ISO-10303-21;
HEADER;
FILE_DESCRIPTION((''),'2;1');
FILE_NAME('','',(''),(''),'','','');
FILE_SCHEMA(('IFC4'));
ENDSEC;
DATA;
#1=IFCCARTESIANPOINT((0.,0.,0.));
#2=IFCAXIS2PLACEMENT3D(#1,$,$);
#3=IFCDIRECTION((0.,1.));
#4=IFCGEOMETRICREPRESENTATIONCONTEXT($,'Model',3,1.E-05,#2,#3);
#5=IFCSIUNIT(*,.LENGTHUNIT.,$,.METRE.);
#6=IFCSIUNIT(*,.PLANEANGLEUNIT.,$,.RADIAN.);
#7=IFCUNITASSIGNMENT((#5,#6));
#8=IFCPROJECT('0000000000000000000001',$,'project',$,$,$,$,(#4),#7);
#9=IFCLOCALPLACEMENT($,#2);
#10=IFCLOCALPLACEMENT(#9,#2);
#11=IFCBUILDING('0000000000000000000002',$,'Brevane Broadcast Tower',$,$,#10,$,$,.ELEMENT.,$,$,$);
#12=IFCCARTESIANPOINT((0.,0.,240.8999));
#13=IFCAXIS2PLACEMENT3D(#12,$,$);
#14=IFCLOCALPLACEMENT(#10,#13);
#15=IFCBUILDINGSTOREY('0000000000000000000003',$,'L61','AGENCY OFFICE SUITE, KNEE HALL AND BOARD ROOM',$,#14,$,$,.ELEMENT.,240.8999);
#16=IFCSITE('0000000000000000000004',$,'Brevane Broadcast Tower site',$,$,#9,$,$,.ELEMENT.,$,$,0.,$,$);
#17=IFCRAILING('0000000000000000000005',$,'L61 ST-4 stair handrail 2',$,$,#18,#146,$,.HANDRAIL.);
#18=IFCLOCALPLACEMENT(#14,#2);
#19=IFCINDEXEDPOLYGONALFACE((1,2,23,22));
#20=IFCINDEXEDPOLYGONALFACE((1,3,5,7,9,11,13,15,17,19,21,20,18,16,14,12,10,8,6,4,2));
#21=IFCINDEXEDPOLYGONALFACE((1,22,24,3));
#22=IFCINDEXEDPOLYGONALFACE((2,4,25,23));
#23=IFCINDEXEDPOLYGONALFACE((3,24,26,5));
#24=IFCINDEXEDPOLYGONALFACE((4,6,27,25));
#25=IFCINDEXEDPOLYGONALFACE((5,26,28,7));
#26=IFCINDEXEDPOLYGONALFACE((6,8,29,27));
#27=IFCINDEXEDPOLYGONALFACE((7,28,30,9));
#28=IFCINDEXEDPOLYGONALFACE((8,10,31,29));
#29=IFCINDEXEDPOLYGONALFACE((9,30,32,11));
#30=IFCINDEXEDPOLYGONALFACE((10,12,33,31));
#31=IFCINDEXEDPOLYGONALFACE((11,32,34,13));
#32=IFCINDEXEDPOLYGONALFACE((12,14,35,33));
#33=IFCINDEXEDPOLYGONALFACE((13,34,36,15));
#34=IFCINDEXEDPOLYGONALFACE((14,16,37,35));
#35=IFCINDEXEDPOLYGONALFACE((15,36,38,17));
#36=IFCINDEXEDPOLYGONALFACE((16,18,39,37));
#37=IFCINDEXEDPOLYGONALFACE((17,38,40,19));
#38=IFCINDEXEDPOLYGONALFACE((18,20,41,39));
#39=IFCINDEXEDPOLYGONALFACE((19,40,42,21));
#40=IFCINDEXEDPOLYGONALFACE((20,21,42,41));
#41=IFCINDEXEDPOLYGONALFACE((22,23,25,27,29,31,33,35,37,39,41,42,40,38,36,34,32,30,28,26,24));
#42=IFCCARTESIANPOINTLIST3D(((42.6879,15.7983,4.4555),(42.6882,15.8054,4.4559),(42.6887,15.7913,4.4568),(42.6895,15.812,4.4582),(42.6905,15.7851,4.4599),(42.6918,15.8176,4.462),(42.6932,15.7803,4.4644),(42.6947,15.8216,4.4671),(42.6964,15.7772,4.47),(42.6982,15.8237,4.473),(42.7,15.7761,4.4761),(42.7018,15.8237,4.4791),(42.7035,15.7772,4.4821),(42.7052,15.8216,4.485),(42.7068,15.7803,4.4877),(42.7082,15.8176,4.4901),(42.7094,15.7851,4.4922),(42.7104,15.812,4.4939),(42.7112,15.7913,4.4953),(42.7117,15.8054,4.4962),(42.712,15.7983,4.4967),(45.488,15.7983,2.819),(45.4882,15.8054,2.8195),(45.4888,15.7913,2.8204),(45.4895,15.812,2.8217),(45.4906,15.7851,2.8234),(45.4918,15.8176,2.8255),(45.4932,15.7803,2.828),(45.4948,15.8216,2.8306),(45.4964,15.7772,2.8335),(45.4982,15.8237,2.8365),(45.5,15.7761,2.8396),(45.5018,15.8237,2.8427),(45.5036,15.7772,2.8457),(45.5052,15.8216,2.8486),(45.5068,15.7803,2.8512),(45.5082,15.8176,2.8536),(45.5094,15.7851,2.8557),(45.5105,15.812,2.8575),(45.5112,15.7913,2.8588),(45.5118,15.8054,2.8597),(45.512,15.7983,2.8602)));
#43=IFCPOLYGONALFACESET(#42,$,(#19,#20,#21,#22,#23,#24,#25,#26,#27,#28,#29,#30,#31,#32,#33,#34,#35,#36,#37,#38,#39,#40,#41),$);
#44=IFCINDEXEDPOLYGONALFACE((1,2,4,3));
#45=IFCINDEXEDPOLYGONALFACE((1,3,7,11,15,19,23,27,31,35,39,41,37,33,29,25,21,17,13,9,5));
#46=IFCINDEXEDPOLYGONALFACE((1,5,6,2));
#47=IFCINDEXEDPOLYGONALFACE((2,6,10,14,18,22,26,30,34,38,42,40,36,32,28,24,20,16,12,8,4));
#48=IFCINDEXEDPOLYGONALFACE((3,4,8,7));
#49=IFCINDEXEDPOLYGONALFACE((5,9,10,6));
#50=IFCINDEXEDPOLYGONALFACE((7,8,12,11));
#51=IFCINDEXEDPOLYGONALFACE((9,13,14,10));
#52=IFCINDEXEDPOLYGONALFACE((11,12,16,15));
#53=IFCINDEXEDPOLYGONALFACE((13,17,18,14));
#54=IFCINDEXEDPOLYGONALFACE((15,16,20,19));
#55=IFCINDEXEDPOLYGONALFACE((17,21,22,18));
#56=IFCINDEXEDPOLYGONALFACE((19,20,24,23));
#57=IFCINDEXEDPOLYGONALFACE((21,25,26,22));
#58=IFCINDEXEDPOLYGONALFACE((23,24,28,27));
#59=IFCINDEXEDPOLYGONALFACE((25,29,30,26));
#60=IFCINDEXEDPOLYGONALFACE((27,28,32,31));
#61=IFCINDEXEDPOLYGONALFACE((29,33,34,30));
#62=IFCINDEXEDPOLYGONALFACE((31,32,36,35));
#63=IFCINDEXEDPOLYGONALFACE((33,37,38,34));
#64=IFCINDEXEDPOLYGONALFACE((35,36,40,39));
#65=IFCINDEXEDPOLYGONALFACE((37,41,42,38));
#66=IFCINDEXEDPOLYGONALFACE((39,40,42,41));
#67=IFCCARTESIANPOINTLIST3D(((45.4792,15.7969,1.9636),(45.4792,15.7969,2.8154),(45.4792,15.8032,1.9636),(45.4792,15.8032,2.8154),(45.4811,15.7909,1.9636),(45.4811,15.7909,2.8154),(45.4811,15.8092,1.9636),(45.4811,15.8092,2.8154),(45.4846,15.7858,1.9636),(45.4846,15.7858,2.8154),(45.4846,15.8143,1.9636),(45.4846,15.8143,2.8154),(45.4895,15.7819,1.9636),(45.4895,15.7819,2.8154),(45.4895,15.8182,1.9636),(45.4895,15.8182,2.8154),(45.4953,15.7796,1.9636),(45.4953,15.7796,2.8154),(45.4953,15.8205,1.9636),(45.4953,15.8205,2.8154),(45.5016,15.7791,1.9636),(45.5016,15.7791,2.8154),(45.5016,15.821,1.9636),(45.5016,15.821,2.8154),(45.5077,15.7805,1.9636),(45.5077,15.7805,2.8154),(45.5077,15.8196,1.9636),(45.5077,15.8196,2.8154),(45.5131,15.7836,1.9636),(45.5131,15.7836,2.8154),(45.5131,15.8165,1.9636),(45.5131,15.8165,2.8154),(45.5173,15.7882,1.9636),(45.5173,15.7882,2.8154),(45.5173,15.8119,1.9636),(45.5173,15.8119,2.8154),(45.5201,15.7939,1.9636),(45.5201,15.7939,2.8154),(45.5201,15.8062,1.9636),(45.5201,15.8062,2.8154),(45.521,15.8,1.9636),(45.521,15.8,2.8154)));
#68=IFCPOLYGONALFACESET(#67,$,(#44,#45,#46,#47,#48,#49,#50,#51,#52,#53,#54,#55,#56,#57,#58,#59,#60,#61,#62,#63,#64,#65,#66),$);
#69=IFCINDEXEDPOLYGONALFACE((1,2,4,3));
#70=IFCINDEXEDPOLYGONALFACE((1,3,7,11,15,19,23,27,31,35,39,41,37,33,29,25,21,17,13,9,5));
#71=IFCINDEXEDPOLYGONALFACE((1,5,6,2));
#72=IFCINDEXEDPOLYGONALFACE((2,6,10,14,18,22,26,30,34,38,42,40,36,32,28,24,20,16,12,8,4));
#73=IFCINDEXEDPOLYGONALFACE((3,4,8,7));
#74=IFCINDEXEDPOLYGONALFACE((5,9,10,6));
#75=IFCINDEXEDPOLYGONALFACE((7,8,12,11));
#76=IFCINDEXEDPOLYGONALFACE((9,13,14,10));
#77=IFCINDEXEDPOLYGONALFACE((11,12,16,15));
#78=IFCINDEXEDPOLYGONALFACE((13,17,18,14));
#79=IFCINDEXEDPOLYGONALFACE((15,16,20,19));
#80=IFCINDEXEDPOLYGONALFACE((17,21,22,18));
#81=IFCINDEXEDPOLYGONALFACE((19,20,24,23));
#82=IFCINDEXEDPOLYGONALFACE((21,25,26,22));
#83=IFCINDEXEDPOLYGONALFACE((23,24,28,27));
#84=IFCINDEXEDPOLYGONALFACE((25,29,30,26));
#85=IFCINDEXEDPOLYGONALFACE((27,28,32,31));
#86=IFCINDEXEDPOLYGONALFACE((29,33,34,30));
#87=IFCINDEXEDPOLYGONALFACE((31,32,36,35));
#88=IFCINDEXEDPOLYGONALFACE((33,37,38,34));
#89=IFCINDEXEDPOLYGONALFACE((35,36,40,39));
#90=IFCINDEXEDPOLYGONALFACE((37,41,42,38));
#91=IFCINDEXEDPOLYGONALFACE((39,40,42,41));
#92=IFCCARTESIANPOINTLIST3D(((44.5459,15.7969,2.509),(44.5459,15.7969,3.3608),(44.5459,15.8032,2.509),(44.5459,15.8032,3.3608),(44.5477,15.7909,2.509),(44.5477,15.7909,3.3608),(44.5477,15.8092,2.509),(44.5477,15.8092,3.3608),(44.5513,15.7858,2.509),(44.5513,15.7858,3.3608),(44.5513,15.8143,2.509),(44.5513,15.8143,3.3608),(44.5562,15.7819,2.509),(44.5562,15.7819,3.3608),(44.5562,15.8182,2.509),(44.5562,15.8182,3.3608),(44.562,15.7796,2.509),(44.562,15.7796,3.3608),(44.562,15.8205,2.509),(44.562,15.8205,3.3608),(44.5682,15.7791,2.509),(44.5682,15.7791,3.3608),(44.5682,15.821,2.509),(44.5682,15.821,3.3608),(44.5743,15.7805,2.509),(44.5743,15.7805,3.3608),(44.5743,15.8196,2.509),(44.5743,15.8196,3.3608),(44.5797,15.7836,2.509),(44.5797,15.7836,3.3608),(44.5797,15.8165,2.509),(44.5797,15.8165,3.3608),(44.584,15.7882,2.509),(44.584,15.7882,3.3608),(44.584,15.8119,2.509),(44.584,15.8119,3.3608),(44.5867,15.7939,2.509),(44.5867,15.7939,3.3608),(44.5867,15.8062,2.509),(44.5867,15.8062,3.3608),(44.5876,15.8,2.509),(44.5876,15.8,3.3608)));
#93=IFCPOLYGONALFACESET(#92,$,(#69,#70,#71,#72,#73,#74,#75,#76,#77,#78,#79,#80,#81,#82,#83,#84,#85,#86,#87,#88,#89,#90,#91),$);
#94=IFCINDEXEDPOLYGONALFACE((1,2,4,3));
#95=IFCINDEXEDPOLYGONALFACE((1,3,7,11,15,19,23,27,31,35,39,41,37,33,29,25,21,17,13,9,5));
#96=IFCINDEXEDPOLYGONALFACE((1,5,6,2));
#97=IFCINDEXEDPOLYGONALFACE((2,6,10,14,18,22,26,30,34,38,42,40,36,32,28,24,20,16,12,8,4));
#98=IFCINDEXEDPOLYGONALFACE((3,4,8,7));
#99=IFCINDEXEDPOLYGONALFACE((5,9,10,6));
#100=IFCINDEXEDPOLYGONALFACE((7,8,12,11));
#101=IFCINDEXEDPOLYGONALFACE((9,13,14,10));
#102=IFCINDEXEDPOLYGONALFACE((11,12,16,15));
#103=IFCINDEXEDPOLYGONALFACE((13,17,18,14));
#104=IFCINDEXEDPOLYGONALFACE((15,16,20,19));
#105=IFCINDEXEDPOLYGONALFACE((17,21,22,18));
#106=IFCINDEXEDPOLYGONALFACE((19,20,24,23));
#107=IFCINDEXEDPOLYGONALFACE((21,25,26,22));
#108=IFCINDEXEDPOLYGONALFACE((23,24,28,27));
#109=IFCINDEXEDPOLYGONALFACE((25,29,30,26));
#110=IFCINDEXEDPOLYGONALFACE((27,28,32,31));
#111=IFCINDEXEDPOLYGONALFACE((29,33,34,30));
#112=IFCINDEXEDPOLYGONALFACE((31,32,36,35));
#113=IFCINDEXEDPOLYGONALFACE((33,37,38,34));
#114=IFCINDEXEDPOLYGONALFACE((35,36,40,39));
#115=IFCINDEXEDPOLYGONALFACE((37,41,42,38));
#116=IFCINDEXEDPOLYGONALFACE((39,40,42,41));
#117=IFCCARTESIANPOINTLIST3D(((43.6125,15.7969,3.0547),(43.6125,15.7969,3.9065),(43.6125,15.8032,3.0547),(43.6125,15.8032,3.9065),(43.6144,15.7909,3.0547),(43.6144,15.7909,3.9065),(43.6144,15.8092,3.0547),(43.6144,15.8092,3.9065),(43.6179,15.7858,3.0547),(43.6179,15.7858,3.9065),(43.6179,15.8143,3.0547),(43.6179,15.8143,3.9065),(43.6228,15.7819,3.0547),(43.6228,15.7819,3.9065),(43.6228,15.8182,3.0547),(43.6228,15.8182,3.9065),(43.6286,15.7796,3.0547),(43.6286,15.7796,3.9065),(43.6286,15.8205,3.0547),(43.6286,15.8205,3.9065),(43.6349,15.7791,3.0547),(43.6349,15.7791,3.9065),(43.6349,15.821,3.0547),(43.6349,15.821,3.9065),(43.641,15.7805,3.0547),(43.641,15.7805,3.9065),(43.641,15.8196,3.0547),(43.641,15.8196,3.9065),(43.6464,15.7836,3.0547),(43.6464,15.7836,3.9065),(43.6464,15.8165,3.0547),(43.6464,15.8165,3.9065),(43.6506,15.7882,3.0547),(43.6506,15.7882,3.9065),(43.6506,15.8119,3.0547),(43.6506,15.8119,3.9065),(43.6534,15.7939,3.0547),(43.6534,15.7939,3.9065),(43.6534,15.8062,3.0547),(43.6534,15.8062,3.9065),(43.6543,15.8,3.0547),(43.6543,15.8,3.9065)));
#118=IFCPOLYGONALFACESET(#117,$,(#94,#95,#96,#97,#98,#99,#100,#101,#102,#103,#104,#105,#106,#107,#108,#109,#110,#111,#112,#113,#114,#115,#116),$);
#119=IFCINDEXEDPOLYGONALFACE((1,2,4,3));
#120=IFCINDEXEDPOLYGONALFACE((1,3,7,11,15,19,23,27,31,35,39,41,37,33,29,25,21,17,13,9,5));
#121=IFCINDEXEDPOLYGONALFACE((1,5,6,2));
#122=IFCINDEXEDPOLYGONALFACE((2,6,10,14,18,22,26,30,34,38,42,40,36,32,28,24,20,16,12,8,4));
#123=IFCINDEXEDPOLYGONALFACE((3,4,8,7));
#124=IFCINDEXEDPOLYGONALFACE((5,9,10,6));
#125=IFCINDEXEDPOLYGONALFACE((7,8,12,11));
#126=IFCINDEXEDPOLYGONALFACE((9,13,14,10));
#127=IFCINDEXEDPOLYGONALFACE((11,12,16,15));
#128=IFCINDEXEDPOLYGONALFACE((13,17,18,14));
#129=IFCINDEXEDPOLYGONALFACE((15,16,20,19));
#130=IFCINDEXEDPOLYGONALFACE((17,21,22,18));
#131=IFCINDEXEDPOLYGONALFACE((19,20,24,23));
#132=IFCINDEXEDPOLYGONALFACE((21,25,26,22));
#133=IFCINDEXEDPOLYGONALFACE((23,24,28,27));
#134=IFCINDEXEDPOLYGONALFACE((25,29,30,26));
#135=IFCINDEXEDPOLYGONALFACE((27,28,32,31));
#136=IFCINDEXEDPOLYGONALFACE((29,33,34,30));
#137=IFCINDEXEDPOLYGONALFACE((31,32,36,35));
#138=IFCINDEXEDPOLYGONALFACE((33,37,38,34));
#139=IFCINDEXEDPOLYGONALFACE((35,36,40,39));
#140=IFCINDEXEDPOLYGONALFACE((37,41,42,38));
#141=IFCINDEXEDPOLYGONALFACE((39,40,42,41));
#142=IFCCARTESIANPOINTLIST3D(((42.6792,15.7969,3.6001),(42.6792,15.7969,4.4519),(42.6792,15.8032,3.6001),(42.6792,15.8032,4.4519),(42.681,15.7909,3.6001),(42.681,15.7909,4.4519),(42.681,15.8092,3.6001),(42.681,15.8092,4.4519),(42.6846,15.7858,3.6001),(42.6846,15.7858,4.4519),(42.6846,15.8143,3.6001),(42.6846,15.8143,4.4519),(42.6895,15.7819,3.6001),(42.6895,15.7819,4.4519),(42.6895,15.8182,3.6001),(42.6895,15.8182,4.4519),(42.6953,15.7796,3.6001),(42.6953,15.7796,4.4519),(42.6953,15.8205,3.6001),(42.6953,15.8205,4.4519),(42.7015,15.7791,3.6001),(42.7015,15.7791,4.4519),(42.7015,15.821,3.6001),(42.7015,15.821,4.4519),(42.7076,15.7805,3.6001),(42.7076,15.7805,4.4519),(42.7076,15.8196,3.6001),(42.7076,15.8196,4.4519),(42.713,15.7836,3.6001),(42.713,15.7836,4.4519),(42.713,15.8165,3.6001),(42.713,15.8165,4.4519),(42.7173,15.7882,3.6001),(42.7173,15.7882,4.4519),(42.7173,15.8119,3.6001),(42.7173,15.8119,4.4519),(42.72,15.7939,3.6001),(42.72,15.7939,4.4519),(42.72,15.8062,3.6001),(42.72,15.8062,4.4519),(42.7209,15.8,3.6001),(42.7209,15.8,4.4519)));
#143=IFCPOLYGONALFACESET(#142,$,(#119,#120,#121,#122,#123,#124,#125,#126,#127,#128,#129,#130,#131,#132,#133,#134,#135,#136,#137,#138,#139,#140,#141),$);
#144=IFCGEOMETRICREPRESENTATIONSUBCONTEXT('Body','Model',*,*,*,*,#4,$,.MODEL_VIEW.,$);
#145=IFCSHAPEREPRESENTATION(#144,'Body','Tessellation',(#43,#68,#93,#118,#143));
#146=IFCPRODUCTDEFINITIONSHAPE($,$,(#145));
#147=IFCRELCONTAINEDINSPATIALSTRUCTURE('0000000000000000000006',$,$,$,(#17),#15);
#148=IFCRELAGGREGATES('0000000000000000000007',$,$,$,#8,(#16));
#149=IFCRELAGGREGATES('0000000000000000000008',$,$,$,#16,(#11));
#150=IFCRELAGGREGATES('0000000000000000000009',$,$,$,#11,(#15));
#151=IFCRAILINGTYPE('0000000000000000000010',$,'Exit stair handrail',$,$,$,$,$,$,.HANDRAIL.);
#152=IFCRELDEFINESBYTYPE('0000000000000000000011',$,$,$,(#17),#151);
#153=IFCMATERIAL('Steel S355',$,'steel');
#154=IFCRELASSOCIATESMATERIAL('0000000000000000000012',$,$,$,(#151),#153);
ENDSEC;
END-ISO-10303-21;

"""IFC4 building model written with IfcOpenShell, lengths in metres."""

from ifc_helpers import new_model, si_unit, direction, frame, origin, origin_2d, place, context, subcontext, project, spatial, circle, extrude, material, type_object, element, save


model = new_model("IFC4")

# Units and contexts
model_context = context("Model", 3, precision=1e-05, world=origin(), true_north=direction((0.0, 1.0)))
body_context = subcontext(model_context, "Body", "Model", "MODEL_VIEW")
ifc_project = project(units=[si_unit("LENGTHUNIT", "METRE"), si_unit("PLANEANGLEUNIT", "RADIAN")], contexts=[model_context])

# Site, building, storey
site_placement = place(None, origin())
site = spatial("IfcSite", under=ifc_project, at=site_placement, Name="Brevane Broadcast Tower site", CompositionType="ELEMENT", RefElevation=0.0)
building_placement = place(site_placement, origin())
building = spatial("IfcBuilding", under=site, at=building_placement, Name="Brevane Broadcast Tower", CompositionType="ELEMENT")
storey_placement = place(building_placement, frame((0.0, 0.0, 240.8999)))
storey = spatial("IfcBuildingStorey", under=building, at=storey_placement, Name="L61", Description="AGENCY OFFICE SUITE, KNEE HALL AND BOARD ROOM", CompositionType="ELEMENT", Elevation=240.8999)

# Railing
ifc_material_1 = material(Name="Steel S355", Category="steel")
railing_type = type_object("IfcRailingType", Name="Exit stair handrail", PredefinedType="HANDRAIL", material=ifc_material_1)
railing_placement = place(storey_placement, frame((45.5, 15.8, 1.9636)))
element("IfcRailing", 1, at=railing_placement, inside=storey, type_object=railing_type, Name="L61 ST-4 stair handrail 2", PredefinedType="HANDRAIL", context=body_context, shape_type="SweptSolid", body=[
    extrude(circle(Radius=0.0239, at=origin_2d()), frame((0.0, 0.0, 0.876), z_axis=(-0.863361, 0.0, 0.504587), x_axis=(0.0, -1.0, 0.0)), (0.0, 0.0, 1.0), 3.2432),
    extrude(circle(Radius=0.021, at=origin_2d()), origin(), (0.0, 0.0, 1.0), 0.8518),
    extrude(circle(Radius=0.021, at=origin_2d()), frame((-0.9333, 0.0, 0.5454)), (0.0, 0.0, 1.0), 0.8518),
    extrude(circle(Radius=0.021, at=origin_2d()), frame((-1.8667, 0.0, 1.0911)), (0.0, 0.0, 1.0), 0.8518),
    extrude(circle(Radius=0.021, at=origin_2d()), frame((-2.8, 0.0, 1.6365)), (0.0, 0.0, 1.0), 0.8518),
])

save(model, "model.ifc")
